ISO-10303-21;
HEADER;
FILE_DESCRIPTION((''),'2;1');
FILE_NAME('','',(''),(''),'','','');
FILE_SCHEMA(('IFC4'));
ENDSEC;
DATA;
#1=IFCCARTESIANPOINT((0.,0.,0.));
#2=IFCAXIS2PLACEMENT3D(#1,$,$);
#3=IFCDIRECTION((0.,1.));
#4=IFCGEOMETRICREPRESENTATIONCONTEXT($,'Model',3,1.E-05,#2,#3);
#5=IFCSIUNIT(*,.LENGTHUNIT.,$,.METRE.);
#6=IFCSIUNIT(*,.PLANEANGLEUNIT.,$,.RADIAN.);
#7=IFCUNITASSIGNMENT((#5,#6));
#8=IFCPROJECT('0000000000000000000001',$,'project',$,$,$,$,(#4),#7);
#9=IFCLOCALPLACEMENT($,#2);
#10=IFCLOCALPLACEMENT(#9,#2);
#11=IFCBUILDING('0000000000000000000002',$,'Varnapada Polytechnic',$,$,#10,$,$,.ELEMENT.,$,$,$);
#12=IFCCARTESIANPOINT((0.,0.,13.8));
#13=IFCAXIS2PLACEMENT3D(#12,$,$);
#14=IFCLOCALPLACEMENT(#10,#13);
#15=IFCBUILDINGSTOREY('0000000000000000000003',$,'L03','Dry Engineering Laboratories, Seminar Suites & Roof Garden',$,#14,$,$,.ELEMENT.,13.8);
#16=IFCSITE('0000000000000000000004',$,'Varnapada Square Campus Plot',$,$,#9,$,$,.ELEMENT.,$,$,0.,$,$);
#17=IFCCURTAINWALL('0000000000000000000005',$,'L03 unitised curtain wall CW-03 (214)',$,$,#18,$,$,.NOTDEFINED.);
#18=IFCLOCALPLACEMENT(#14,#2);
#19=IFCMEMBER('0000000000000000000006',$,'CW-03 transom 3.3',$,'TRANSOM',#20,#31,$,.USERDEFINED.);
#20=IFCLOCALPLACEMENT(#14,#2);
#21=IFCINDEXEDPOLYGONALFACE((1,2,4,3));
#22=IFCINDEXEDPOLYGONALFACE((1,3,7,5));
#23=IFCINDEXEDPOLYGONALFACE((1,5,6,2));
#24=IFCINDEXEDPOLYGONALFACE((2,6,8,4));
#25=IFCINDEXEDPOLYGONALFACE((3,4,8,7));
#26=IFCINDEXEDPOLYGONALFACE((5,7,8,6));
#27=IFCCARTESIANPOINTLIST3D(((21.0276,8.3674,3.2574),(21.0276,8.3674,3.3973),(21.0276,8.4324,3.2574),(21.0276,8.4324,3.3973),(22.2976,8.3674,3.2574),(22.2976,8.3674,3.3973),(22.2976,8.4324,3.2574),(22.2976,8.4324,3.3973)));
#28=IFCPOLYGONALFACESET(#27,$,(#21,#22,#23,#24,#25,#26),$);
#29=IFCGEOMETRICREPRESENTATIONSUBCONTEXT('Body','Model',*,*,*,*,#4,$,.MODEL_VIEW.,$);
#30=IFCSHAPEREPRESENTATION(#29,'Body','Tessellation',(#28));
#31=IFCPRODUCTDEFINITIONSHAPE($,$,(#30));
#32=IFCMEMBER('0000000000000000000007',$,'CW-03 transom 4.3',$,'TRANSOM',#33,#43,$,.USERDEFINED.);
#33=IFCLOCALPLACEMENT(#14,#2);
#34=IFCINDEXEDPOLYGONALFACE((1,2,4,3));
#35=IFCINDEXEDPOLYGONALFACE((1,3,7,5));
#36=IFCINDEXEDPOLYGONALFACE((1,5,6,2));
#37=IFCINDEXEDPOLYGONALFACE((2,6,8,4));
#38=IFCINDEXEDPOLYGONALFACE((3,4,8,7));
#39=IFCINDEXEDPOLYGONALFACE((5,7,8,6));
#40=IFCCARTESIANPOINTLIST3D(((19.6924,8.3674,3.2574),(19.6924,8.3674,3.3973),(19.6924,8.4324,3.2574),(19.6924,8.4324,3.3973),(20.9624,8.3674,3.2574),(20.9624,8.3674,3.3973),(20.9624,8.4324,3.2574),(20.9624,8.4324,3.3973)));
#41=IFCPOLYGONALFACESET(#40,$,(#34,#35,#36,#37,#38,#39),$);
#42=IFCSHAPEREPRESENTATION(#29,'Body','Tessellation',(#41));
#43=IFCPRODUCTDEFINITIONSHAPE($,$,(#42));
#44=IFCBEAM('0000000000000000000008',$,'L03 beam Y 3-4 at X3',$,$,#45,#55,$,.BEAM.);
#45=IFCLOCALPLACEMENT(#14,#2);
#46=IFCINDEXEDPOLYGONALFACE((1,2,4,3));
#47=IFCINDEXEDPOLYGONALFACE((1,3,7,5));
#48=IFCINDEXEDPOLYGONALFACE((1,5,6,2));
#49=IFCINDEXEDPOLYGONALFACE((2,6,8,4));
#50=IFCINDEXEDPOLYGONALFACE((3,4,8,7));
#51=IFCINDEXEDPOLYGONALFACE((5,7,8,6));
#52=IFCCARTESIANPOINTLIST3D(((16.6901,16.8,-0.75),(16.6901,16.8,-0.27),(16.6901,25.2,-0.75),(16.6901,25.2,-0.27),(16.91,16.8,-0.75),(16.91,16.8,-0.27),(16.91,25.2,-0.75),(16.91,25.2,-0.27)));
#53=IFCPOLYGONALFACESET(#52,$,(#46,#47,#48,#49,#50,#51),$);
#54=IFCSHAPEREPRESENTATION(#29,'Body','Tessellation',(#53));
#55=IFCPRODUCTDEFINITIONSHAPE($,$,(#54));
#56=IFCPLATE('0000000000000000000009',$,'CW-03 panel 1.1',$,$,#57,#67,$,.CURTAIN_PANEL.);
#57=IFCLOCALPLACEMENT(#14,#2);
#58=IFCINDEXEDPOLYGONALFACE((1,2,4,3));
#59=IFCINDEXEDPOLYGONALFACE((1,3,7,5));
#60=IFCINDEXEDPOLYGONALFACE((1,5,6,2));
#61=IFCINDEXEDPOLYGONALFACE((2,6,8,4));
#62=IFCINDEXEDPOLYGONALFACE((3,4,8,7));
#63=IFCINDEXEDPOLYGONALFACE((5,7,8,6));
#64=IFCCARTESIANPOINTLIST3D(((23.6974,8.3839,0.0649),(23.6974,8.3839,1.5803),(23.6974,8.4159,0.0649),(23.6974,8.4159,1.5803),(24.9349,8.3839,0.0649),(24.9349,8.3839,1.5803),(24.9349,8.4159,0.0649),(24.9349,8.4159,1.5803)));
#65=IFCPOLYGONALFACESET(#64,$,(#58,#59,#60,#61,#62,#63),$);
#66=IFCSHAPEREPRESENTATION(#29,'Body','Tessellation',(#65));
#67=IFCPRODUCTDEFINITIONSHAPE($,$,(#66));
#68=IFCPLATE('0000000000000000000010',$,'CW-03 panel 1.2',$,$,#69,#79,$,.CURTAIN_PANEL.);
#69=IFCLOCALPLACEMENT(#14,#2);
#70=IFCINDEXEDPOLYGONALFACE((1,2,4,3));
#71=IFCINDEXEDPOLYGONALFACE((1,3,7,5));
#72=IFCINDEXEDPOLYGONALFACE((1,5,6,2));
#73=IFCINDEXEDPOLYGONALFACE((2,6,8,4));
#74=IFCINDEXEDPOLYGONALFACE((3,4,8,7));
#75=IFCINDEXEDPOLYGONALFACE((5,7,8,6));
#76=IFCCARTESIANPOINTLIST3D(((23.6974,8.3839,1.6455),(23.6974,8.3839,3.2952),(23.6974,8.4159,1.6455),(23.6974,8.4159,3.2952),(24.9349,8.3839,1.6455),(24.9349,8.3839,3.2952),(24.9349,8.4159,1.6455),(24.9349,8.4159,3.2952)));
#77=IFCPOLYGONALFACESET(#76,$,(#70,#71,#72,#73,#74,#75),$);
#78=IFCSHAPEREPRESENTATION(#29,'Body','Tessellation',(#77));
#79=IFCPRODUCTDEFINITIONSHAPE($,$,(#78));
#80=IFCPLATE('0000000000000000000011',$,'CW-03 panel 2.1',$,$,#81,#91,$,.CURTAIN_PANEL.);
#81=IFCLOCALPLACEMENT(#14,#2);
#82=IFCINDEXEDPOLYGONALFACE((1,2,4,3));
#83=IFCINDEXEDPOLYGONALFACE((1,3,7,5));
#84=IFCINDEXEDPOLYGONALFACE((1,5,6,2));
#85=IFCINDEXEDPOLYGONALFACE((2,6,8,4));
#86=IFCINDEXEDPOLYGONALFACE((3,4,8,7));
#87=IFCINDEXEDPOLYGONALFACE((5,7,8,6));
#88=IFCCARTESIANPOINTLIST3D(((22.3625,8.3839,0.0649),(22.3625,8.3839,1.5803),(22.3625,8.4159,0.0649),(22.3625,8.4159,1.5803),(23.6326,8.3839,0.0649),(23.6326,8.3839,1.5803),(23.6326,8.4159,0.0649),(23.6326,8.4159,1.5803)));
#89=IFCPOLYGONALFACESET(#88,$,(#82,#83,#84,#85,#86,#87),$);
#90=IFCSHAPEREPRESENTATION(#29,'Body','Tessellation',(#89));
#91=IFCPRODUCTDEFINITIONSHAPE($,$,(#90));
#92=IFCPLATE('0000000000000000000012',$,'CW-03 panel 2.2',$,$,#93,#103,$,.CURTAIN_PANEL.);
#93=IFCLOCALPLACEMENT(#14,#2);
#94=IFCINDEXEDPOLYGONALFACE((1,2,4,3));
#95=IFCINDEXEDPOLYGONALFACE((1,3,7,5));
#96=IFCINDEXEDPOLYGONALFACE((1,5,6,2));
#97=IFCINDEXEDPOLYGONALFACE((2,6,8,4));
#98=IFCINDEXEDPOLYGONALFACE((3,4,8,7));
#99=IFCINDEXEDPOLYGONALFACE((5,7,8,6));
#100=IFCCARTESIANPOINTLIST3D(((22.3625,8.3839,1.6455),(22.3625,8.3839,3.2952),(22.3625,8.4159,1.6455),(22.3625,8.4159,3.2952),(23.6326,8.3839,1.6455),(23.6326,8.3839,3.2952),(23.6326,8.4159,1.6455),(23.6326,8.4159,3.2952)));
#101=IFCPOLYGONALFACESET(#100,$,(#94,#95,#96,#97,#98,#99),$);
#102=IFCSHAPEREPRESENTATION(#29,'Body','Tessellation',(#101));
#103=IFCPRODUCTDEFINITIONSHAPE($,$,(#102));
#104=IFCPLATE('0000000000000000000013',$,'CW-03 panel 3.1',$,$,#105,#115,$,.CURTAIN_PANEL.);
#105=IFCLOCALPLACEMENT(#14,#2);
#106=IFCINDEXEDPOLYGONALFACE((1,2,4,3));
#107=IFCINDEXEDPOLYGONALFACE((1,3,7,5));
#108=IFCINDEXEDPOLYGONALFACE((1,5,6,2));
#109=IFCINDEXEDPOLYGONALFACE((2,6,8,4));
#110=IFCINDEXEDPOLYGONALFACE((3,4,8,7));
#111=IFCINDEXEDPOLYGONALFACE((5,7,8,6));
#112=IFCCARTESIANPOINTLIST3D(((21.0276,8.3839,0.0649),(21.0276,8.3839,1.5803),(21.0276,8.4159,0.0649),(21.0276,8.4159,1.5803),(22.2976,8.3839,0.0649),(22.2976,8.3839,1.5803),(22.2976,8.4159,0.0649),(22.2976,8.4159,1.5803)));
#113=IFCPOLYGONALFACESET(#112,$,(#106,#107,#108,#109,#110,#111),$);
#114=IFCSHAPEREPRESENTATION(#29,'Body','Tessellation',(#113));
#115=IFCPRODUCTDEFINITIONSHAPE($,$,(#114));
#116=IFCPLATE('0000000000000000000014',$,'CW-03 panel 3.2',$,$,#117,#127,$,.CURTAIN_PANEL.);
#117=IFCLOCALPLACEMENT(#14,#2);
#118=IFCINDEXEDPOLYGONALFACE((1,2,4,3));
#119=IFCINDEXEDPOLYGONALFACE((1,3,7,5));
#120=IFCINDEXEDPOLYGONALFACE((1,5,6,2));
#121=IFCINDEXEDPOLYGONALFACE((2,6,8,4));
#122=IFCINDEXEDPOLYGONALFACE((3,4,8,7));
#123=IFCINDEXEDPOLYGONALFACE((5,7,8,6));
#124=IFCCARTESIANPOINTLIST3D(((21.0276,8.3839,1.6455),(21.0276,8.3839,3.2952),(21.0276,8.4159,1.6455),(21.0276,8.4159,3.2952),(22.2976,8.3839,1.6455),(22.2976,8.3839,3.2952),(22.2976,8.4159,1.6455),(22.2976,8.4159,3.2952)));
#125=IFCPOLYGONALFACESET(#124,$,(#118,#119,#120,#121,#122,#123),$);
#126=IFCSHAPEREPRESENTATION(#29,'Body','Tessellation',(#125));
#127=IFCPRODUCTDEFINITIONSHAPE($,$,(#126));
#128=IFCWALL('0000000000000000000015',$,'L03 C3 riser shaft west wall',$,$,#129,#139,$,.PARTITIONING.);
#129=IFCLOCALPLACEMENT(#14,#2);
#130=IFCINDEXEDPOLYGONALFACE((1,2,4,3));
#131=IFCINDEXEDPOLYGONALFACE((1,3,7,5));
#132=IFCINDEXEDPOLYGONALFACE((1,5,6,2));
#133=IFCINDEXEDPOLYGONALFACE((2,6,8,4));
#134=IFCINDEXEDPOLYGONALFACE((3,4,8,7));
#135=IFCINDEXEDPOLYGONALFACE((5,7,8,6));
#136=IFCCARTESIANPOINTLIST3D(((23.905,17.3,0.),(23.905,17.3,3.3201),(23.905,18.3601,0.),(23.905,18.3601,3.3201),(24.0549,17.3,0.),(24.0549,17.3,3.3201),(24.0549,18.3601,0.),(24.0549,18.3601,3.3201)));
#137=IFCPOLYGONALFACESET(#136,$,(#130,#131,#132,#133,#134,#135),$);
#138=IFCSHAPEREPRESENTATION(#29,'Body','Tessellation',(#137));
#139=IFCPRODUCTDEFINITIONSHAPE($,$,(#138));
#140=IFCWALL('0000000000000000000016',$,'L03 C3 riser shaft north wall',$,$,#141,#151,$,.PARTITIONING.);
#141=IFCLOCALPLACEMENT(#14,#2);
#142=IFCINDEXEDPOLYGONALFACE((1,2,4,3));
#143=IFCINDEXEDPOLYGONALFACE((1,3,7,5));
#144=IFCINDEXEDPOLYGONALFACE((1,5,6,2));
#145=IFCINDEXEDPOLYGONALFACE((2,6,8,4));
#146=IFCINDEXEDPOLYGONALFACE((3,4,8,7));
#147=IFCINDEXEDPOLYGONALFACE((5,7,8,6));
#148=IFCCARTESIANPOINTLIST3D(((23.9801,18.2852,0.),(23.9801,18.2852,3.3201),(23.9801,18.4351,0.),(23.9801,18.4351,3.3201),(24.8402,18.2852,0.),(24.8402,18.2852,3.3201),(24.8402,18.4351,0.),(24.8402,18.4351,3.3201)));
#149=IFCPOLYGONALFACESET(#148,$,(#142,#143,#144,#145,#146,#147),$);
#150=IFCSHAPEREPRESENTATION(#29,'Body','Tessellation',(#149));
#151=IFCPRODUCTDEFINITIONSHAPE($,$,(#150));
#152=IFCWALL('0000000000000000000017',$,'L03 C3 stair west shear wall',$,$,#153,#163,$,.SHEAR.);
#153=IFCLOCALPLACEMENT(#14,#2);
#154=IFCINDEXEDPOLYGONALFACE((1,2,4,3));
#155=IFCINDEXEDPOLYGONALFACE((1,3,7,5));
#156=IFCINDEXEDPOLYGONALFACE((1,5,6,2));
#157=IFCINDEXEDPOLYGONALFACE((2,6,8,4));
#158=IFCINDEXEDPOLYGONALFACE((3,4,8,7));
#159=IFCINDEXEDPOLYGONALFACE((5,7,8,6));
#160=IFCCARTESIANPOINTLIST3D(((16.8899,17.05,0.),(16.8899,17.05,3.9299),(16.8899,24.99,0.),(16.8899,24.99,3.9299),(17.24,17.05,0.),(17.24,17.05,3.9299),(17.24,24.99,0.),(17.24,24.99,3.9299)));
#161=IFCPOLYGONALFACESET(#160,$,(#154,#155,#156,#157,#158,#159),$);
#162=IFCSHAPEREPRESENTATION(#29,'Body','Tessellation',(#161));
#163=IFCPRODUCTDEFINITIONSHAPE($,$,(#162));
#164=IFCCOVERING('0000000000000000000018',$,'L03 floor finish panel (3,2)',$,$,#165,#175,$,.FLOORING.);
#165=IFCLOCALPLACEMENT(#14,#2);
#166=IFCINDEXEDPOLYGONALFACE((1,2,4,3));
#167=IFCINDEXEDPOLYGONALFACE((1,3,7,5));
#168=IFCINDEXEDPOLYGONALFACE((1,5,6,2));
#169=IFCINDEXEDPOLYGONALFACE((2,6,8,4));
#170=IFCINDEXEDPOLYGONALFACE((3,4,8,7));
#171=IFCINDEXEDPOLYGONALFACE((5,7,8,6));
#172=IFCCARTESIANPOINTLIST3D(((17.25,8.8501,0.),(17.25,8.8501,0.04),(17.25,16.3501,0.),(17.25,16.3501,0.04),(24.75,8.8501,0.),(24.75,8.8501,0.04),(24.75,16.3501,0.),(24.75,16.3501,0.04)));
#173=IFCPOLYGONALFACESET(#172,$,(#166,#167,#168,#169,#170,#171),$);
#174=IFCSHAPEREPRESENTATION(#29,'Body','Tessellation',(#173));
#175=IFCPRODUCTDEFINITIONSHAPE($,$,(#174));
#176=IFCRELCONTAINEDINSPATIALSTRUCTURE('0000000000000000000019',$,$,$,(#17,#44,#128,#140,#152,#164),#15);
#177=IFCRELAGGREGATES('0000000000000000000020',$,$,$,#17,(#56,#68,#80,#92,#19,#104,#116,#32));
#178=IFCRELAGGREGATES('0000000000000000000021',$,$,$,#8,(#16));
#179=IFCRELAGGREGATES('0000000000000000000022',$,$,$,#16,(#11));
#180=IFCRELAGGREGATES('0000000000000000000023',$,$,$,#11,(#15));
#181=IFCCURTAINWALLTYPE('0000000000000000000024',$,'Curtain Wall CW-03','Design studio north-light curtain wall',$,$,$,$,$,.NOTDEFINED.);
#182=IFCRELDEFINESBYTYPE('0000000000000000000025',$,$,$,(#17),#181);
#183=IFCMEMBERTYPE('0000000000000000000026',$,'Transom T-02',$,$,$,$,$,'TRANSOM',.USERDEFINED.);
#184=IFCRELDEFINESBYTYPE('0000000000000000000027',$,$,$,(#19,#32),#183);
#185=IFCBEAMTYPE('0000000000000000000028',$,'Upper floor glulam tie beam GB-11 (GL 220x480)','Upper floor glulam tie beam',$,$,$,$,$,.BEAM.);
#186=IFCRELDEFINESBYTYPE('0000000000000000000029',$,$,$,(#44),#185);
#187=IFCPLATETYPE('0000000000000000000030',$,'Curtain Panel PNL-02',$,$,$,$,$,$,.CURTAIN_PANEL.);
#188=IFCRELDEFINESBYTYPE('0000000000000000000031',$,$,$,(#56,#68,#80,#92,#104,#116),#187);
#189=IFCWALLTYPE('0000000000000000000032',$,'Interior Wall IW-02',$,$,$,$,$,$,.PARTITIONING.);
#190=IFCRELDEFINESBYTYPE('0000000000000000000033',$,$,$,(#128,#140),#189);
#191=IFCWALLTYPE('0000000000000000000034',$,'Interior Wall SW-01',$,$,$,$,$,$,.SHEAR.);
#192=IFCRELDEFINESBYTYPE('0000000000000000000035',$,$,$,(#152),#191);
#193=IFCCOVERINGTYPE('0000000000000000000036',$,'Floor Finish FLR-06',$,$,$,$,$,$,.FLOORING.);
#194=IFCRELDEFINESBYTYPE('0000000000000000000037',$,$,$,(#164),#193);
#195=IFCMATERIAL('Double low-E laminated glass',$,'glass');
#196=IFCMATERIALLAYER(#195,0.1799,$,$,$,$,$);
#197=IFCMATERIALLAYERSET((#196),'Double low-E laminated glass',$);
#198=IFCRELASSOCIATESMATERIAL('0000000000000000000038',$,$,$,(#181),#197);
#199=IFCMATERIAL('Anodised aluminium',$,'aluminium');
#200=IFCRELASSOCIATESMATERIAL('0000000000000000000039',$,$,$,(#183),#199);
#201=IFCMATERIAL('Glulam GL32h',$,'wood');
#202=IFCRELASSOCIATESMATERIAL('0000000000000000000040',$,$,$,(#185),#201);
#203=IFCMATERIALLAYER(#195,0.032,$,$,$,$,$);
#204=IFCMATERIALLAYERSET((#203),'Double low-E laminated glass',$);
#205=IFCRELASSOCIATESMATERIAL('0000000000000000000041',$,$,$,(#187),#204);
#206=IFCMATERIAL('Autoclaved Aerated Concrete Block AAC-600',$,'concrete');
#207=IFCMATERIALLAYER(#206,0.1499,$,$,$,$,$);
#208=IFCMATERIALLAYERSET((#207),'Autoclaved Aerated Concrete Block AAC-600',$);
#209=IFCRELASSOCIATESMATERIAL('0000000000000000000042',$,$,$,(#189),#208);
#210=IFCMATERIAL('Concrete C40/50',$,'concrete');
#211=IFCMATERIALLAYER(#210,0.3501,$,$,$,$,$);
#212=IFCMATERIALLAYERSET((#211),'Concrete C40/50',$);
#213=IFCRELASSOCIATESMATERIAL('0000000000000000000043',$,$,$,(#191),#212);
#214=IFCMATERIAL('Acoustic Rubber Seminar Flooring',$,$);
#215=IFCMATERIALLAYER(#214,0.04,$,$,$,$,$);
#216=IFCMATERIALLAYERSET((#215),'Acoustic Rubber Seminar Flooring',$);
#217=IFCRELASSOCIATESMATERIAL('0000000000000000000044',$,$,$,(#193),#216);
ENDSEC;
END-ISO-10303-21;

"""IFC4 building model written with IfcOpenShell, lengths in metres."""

from ifc_helpers import new_model, si_unit, direction, frame, frame_2d, origin, origin_2d, place, context, subcontext, project, spatial, rectangle, extrude, material, layer, layer_set, material_profile, profile_set, type_object, element, aggregate, save


model = new_model("IFC4")

# Units and contexts
model_context = context("Model", 3, precision=1e-05, world=origin(), true_north=direction((0.0, 1.0)))
body_context = subcontext(model_context, "Body", "Model", "MODEL_VIEW")
ifc_project = project(units=[si_unit("LENGTHUNIT", "METRE"), si_unit("PLANEANGLEUNIT", "RADIAN")], contexts=[model_context])

# Site, building, storey
site_placement = place(None, origin())
site = spatial("IfcSite", under=ifc_project, at=site_placement, Name="Varnapada Square Campus Plot", CompositionType="ELEMENT", RefElevation=0.0)
building_placement = place(site_placement, origin())
building = spatial("IfcBuilding", under=site, at=building_placement, Name="Varnapada Polytechnic", CompositionType="ELEMENT")
storey_placement = place(building_placement, frame((0.0, 0.0, 13.8)))
storey = spatial("IfcBuildingStorey", under=building, at=storey_placement, Name="L03", Description="Dry Engineering Laboratories, Seminar Suites & Roof Garden", CompositionType="ELEMENT", Elevation=13.8)

# Shared definitions
ifc_material_1 = material(Name="Glulam GL32h", Category="wood")

# Curtain wall
ifc_material_2 = material(Name="Double low-E laminated glass", Category="glass")
ifc_layer_1 = layer(ifc_material_2, 0.1799)
ifc_layer_set_1 = layer_set([ifc_layer_1], Name="Double low-E laminated glass")
curtain_wall_type = type_object("IfcCurtainWallType", Name="Curtain Wall CW-03", Description="Design studio north-light curtain wall", PredefinedType="NOTDEFINED", material=ifc_layer_set_1)
curtain_wall_placement = place(storey_placement, origin())
curtain_wall = element("IfcCurtainWall", 1, at=curtain_wall_placement, inside=storey, type_object=curtain_wall_type, Name="L03 unitised curtain wall CW-03 (214)", PredefinedType="NOTDEFINED")
ifc_material_3 = material(Name="Anodised aluminium", Category="aluminium")

# Members
ifc_material_profile_1 = material_profile(ifc_material_3, rectangle(XDim=0.0649, YDim=0.1399, at=origin_2d()), Name="ALU T65x140")
ifc_profile_set_1 = profile_set([ifc_material_profile_1], Name="Anodised aluminium")
member_type_1 = type_object("IfcMemberType", Name="Transom T-02", ElementType="TRANSOM", PredefinedType="USERDEFINED", material=ifc_profile_set_1)
member_1_placement = place(storey_placement, frame((22.2976, 8.3999, 3.3274), z_axis=(-1.0, 0.0, 0.0), x_axis=(0.0, -1.0, 0.0)))
member_1 = element("IfcMember", 2, at=member_1_placement, type_object=member_type_1, Name="CW-03 transom 3.3", ObjectType="TRANSOM", PredefinedType="USERDEFINED", context=body_context, shape_type="SweptSolid", body=[
    extrude(rectangle(XDim=0.0649, YDim=0.1399, at=origin_2d()), origin(), (0.0, 0.0, 1.0), 1.27),
])
member_2_placement = place(storey_placement, frame((20.9624, 8.3999, 3.3274), z_axis=(-1.0, 0.0, 0.0), x_axis=(0.0, -1.0, 0.0)))
member_2 = element("IfcMember", 3, at=member_2_placement, type_object=member_type_1, Name="CW-03 transom 4.3", ObjectType="TRANSOM", PredefinedType="USERDEFINED", context=body_context, shape_type="SweptSolid", body=[
    extrude(rectangle(XDim=0.0649, YDim=0.1399, at=origin_2d()), origin(), (0.0, 0.0, 1.0), 1.27),
])

# Beam
ifc_material_profile_2 = material_profile(ifc_material_1, rectangle(XDim=0.22, YDim=0.48, at=origin_2d()), Name="GL 220x480")
ifc_profile_set_2 = profile_set([ifc_material_profile_2], Name="Glulam GL32h")
beam_type_1 = type_object("IfcBeamType", Name="Upper floor glulam tie beam GB-11 (GL 220x480)", Description="Upper floor glulam tie beam", PredefinedType="BEAM", material=ifc_profile_set_2)
beam_1_placement = place(storey_placement, frame((16.8, 16.8, -0.51), z_axis=(0.0, 1.0, 0.0), x_axis=(-1.0, 0.0, 0.0)))
element("IfcBeam", 4, at=beam_1_placement, inside=storey, type_object=beam_type_1, Name="L03 beam Y 3-4 at X3", PredefinedType="BEAM", context=body_context, shape_type="SweptSolid", body=[
    extrude(rectangle(XDim=0.22, YDim=0.48, at=origin_2d()), origin(), (0.0, 0.0, 1.0), 8.3999),
])

# Plates
ifc_layer_2 = layer(ifc_material_2, 0.032)
ifc_layer_set_2 = layer_set([ifc_layer_2], Name="Double low-E laminated glass")
plate_type = type_object("IfcPlateType", Name="Curtain Panel PNL-02", PredefinedType="CURTAIN_PANEL", material=ifc_layer_set_2)
plate_1_placement = place(storey_placement, frame((24.3162, 8.3999, 0.0649), z_axis=(0.0, 0.0, 1.0), x_axis=(-1.0, 0.0, 0.0)))
plate_1 = element("IfcPlate", 5, at=plate_1_placement, type_object=plate_type, Name="CW-03 panel 1.1", PredefinedType="CURTAIN_PANEL", context=body_context, shape_type="SweptSolid", body=[
    extrude(rectangle(XDim=1.2375, YDim=0.032, at=origin_2d()), origin(), (0.0, 0.0, 1.0), 1.5154),
])
plate_2_placement = place(storey_placement, frame((24.3162, 8.3999, 1.6455), z_axis=(0.0, 0.0, 1.0), x_axis=(-1.0, 0.0, 0.0)))
plate_2 = element("IfcPlate", 6, at=plate_2_placement, type_object=plate_type, Name="CW-03 panel 1.2", PredefinedType="CURTAIN_PANEL", context=body_context, shape_type="SweptSolid", body=[
    extrude(rectangle(XDim=1.2375, YDim=0.032, at=origin_2d()), origin(), (0.0, 0.0, 1.0), 1.6497),
])
plate_3_placement = place(storey_placement, frame((22.9976, 8.3999, 0.0649), z_axis=(0.0, 0.0, 1.0), x_axis=(-1.0, 0.0, 0.0)))
plate_3 = element("IfcPlate", 7, at=plate_3_placement, type_object=plate_type, Name="CW-03 panel 2.1", PredefinedType="CURTAIN_PANEL", context=body_context, shape_type="SweptSolid", body=[
    extrude(rectangle(XDim=1.27, YDim=0.032, at=origin_2d()), origin(), (0.0, 0.0, 1.0), 1.5154),
])
plate_4_placement = place(storey_placement, frame((22.9976, 8.3999, 1.6455), z_axis=(0.0, 0.0, 1.0), x_axis=(-1.0, 0.0, 0.0)))
plate_4 = element("IfcPlate", 8, at=plate_4_placement, type_object=plate_type, Name="CW-03 panel 2.2", PredefinedType="CURTAIN_PANEL", context=body_context, shape_type="SweptSolid", body=[
    extrude(rectangle(XDim=1.27, YDim=0.032, at=origin_2d()), origin(), (0.0, 0.0, 1.0), 1.6497),
])
plate_5_placement = place(storey_placement, frame((21.6626, 8.3999, 0.0649), z_axis=(0.0, 0.0, 1.0), x_axis=(-1.0, 0.0, 0.0)))
plate_5 = element("IfcPlate", 9, at=plate_5_placement, type_object=plate_type, Name="CW-03 panel 3.1", PredefinedType="CURTAIN_PANEL", context=body_context, shape_type="SweptSolid", body=[
    extrude(rectangle(XDim=1.27, YDim=0.032, at=origin_2d()), origin(), (0.0, 0.0, 1.0), 1.5154),
])
plate_6_placement = place(storey_placement, frame((21.6626, 8.3999, 1.6455), z_axis=(0.0, 0.0, 1.0), x_axis=(-1.0, 0.0, 0.0)))
plate_6 = element("IfcPlate", 10, at=plate_6_placement, type_object=plate_type, Name="CW-03 panel 3.2", PredefinedType="CURTAIN_PANEL", context=body_context, shape_type="SweptSolid", body=[
    extrude(rectangle(XDim=1.27, YDim=0.032, at=origin_2d()), origin(), (0.0, 0.0, 1.0), 1.6497),
])
aggregate(curtain_wall, [plate_1, plate_2, plate_3, plate_4, member_1, plate_5, plate_6, member_2])

# Walls
ifc_material_4 = material(Name="Autoclaved Aerated Concrete Block AAC-600", Category="concrete")
ifc_layer_3 = layer(ifc_material_4, 0.1499)
ifc_layer_set_3 = layer_set([ifc_layer_3], Name="Autoclaved Aerated Concrete Block AAC-600")
wall_type_1 = type_object("IfcWallType", Name="Interior Wall IW-02", PredefinedType="PARTITIONING", material=ifc_layer_set_3)
wall_1_placement = place(storey_placement, frame((23.98, 18.3601, 0.0), z_axis=(0.0, 0.0, 1.0), x_axis=(0.0, -1.0, 0.0)))
element("IfcWall", 11, at=wall_1_placement, inside=storey, type_object=wall_type_1, Name="L03 C3 riser shaft west wall", PredefinedType="PARTITIONING", context=body_context, shape_type="SweptSolid", body=[
    extrude(rectangle(XDim=1.0601, YDim=0.1499, at=frame_2d((0.53, 0.0))), origin(), (0.0, 0.0, 1.0), 3.3201),
])
wall_2_placement = place(storey_placement, frame((23.98, 18.3601, 0.0), z_axis=(0.0, 0.0, 1.0), x_axis=(1.0, 0.0, 0.0)))
element("IfcWall", 12, at=wall_2_placement, inside=storey, type_object=wall_type_1, Name="L03 C3 riser shaft north wall", PredefinedType="PARTITIONING", context=body_context, shape_type="SweptSolid", body=[
    extrude(rectangle(XDim=0.8601, YDim=0.1499, at=frame_2d((0.4302, 0.0))), origin(), (0.0, 0.0, 1.0), 3.3201),
])
ifc_material_5 = material(Name="Concrete C40/50", Category="concrete")
ifc_layer_4 = layer(ifc_material_5, 0.3501)
ifc_layer_set_4 = layer_set([ifc_layer_4], Name="Concrete C40/50")
wall_type_2 = type_object("IfcWallType", Name="Interior Wall SW-01", PredefinedType="SHEAR", material=ifc_layer_set_4)
wall_3_placement = place(storey_placement, frame((17.0649, 17.05, 0.0), z_axis=(0.0, 0.0, 1.0), x_axis=(0.0, 1.0, 0.0)))
element("IfcWall", 13, at=wall_3_placement, inside=storey, type_object=wall_type_2, Name="L03 C3 stair west shear wall", PredefinedType="SHEAR", context=body_context, shape_type="SweptSolid", body=[
    extrude(rectangle(XDim=7.9399, YDim=0.3501, at=frame_2d((3.97, 0.0))), origin(), (0.0, 0.0, 1.0), 3.9299),
])

# Covering
ifc_material_6 = material(Name="Acoustic Rubber Seminar Flooring")
ifc_layer_5 = layer(ifc_material_6, 0.04)
ifc_layer_set_5 = layer_set([ifc_layer_5], Name="Acoustic Rubber Seminar Flooring")
covering_type = type_object("IfcCoveringType", Name="Floor Finish FLR-06", PredefinedType="FLOORING", material=ifc_layer_set_5)
covering_placement = place(storey_placement, frame((21.0, 12.6001, 0.0), z_axis=(0.0, 0.0, 1.0), x_axis=(1.0, 0.0, 0.0)))
element("IfcCovering", 14, at=covering_placement, inside=storey, type_object=covering_type, Name="L03 floor finish panel (3,2)", PredefinedType="FLOORING", context=body_context, shape_type="SweptSolid", body=[
    extrude(rectangle(XDim=7.5, YDim=7.5, at=origin_2d()), origin(), (0.0, 0.0, 1.0), 0.04),
])

save(model, "model.ifc")
